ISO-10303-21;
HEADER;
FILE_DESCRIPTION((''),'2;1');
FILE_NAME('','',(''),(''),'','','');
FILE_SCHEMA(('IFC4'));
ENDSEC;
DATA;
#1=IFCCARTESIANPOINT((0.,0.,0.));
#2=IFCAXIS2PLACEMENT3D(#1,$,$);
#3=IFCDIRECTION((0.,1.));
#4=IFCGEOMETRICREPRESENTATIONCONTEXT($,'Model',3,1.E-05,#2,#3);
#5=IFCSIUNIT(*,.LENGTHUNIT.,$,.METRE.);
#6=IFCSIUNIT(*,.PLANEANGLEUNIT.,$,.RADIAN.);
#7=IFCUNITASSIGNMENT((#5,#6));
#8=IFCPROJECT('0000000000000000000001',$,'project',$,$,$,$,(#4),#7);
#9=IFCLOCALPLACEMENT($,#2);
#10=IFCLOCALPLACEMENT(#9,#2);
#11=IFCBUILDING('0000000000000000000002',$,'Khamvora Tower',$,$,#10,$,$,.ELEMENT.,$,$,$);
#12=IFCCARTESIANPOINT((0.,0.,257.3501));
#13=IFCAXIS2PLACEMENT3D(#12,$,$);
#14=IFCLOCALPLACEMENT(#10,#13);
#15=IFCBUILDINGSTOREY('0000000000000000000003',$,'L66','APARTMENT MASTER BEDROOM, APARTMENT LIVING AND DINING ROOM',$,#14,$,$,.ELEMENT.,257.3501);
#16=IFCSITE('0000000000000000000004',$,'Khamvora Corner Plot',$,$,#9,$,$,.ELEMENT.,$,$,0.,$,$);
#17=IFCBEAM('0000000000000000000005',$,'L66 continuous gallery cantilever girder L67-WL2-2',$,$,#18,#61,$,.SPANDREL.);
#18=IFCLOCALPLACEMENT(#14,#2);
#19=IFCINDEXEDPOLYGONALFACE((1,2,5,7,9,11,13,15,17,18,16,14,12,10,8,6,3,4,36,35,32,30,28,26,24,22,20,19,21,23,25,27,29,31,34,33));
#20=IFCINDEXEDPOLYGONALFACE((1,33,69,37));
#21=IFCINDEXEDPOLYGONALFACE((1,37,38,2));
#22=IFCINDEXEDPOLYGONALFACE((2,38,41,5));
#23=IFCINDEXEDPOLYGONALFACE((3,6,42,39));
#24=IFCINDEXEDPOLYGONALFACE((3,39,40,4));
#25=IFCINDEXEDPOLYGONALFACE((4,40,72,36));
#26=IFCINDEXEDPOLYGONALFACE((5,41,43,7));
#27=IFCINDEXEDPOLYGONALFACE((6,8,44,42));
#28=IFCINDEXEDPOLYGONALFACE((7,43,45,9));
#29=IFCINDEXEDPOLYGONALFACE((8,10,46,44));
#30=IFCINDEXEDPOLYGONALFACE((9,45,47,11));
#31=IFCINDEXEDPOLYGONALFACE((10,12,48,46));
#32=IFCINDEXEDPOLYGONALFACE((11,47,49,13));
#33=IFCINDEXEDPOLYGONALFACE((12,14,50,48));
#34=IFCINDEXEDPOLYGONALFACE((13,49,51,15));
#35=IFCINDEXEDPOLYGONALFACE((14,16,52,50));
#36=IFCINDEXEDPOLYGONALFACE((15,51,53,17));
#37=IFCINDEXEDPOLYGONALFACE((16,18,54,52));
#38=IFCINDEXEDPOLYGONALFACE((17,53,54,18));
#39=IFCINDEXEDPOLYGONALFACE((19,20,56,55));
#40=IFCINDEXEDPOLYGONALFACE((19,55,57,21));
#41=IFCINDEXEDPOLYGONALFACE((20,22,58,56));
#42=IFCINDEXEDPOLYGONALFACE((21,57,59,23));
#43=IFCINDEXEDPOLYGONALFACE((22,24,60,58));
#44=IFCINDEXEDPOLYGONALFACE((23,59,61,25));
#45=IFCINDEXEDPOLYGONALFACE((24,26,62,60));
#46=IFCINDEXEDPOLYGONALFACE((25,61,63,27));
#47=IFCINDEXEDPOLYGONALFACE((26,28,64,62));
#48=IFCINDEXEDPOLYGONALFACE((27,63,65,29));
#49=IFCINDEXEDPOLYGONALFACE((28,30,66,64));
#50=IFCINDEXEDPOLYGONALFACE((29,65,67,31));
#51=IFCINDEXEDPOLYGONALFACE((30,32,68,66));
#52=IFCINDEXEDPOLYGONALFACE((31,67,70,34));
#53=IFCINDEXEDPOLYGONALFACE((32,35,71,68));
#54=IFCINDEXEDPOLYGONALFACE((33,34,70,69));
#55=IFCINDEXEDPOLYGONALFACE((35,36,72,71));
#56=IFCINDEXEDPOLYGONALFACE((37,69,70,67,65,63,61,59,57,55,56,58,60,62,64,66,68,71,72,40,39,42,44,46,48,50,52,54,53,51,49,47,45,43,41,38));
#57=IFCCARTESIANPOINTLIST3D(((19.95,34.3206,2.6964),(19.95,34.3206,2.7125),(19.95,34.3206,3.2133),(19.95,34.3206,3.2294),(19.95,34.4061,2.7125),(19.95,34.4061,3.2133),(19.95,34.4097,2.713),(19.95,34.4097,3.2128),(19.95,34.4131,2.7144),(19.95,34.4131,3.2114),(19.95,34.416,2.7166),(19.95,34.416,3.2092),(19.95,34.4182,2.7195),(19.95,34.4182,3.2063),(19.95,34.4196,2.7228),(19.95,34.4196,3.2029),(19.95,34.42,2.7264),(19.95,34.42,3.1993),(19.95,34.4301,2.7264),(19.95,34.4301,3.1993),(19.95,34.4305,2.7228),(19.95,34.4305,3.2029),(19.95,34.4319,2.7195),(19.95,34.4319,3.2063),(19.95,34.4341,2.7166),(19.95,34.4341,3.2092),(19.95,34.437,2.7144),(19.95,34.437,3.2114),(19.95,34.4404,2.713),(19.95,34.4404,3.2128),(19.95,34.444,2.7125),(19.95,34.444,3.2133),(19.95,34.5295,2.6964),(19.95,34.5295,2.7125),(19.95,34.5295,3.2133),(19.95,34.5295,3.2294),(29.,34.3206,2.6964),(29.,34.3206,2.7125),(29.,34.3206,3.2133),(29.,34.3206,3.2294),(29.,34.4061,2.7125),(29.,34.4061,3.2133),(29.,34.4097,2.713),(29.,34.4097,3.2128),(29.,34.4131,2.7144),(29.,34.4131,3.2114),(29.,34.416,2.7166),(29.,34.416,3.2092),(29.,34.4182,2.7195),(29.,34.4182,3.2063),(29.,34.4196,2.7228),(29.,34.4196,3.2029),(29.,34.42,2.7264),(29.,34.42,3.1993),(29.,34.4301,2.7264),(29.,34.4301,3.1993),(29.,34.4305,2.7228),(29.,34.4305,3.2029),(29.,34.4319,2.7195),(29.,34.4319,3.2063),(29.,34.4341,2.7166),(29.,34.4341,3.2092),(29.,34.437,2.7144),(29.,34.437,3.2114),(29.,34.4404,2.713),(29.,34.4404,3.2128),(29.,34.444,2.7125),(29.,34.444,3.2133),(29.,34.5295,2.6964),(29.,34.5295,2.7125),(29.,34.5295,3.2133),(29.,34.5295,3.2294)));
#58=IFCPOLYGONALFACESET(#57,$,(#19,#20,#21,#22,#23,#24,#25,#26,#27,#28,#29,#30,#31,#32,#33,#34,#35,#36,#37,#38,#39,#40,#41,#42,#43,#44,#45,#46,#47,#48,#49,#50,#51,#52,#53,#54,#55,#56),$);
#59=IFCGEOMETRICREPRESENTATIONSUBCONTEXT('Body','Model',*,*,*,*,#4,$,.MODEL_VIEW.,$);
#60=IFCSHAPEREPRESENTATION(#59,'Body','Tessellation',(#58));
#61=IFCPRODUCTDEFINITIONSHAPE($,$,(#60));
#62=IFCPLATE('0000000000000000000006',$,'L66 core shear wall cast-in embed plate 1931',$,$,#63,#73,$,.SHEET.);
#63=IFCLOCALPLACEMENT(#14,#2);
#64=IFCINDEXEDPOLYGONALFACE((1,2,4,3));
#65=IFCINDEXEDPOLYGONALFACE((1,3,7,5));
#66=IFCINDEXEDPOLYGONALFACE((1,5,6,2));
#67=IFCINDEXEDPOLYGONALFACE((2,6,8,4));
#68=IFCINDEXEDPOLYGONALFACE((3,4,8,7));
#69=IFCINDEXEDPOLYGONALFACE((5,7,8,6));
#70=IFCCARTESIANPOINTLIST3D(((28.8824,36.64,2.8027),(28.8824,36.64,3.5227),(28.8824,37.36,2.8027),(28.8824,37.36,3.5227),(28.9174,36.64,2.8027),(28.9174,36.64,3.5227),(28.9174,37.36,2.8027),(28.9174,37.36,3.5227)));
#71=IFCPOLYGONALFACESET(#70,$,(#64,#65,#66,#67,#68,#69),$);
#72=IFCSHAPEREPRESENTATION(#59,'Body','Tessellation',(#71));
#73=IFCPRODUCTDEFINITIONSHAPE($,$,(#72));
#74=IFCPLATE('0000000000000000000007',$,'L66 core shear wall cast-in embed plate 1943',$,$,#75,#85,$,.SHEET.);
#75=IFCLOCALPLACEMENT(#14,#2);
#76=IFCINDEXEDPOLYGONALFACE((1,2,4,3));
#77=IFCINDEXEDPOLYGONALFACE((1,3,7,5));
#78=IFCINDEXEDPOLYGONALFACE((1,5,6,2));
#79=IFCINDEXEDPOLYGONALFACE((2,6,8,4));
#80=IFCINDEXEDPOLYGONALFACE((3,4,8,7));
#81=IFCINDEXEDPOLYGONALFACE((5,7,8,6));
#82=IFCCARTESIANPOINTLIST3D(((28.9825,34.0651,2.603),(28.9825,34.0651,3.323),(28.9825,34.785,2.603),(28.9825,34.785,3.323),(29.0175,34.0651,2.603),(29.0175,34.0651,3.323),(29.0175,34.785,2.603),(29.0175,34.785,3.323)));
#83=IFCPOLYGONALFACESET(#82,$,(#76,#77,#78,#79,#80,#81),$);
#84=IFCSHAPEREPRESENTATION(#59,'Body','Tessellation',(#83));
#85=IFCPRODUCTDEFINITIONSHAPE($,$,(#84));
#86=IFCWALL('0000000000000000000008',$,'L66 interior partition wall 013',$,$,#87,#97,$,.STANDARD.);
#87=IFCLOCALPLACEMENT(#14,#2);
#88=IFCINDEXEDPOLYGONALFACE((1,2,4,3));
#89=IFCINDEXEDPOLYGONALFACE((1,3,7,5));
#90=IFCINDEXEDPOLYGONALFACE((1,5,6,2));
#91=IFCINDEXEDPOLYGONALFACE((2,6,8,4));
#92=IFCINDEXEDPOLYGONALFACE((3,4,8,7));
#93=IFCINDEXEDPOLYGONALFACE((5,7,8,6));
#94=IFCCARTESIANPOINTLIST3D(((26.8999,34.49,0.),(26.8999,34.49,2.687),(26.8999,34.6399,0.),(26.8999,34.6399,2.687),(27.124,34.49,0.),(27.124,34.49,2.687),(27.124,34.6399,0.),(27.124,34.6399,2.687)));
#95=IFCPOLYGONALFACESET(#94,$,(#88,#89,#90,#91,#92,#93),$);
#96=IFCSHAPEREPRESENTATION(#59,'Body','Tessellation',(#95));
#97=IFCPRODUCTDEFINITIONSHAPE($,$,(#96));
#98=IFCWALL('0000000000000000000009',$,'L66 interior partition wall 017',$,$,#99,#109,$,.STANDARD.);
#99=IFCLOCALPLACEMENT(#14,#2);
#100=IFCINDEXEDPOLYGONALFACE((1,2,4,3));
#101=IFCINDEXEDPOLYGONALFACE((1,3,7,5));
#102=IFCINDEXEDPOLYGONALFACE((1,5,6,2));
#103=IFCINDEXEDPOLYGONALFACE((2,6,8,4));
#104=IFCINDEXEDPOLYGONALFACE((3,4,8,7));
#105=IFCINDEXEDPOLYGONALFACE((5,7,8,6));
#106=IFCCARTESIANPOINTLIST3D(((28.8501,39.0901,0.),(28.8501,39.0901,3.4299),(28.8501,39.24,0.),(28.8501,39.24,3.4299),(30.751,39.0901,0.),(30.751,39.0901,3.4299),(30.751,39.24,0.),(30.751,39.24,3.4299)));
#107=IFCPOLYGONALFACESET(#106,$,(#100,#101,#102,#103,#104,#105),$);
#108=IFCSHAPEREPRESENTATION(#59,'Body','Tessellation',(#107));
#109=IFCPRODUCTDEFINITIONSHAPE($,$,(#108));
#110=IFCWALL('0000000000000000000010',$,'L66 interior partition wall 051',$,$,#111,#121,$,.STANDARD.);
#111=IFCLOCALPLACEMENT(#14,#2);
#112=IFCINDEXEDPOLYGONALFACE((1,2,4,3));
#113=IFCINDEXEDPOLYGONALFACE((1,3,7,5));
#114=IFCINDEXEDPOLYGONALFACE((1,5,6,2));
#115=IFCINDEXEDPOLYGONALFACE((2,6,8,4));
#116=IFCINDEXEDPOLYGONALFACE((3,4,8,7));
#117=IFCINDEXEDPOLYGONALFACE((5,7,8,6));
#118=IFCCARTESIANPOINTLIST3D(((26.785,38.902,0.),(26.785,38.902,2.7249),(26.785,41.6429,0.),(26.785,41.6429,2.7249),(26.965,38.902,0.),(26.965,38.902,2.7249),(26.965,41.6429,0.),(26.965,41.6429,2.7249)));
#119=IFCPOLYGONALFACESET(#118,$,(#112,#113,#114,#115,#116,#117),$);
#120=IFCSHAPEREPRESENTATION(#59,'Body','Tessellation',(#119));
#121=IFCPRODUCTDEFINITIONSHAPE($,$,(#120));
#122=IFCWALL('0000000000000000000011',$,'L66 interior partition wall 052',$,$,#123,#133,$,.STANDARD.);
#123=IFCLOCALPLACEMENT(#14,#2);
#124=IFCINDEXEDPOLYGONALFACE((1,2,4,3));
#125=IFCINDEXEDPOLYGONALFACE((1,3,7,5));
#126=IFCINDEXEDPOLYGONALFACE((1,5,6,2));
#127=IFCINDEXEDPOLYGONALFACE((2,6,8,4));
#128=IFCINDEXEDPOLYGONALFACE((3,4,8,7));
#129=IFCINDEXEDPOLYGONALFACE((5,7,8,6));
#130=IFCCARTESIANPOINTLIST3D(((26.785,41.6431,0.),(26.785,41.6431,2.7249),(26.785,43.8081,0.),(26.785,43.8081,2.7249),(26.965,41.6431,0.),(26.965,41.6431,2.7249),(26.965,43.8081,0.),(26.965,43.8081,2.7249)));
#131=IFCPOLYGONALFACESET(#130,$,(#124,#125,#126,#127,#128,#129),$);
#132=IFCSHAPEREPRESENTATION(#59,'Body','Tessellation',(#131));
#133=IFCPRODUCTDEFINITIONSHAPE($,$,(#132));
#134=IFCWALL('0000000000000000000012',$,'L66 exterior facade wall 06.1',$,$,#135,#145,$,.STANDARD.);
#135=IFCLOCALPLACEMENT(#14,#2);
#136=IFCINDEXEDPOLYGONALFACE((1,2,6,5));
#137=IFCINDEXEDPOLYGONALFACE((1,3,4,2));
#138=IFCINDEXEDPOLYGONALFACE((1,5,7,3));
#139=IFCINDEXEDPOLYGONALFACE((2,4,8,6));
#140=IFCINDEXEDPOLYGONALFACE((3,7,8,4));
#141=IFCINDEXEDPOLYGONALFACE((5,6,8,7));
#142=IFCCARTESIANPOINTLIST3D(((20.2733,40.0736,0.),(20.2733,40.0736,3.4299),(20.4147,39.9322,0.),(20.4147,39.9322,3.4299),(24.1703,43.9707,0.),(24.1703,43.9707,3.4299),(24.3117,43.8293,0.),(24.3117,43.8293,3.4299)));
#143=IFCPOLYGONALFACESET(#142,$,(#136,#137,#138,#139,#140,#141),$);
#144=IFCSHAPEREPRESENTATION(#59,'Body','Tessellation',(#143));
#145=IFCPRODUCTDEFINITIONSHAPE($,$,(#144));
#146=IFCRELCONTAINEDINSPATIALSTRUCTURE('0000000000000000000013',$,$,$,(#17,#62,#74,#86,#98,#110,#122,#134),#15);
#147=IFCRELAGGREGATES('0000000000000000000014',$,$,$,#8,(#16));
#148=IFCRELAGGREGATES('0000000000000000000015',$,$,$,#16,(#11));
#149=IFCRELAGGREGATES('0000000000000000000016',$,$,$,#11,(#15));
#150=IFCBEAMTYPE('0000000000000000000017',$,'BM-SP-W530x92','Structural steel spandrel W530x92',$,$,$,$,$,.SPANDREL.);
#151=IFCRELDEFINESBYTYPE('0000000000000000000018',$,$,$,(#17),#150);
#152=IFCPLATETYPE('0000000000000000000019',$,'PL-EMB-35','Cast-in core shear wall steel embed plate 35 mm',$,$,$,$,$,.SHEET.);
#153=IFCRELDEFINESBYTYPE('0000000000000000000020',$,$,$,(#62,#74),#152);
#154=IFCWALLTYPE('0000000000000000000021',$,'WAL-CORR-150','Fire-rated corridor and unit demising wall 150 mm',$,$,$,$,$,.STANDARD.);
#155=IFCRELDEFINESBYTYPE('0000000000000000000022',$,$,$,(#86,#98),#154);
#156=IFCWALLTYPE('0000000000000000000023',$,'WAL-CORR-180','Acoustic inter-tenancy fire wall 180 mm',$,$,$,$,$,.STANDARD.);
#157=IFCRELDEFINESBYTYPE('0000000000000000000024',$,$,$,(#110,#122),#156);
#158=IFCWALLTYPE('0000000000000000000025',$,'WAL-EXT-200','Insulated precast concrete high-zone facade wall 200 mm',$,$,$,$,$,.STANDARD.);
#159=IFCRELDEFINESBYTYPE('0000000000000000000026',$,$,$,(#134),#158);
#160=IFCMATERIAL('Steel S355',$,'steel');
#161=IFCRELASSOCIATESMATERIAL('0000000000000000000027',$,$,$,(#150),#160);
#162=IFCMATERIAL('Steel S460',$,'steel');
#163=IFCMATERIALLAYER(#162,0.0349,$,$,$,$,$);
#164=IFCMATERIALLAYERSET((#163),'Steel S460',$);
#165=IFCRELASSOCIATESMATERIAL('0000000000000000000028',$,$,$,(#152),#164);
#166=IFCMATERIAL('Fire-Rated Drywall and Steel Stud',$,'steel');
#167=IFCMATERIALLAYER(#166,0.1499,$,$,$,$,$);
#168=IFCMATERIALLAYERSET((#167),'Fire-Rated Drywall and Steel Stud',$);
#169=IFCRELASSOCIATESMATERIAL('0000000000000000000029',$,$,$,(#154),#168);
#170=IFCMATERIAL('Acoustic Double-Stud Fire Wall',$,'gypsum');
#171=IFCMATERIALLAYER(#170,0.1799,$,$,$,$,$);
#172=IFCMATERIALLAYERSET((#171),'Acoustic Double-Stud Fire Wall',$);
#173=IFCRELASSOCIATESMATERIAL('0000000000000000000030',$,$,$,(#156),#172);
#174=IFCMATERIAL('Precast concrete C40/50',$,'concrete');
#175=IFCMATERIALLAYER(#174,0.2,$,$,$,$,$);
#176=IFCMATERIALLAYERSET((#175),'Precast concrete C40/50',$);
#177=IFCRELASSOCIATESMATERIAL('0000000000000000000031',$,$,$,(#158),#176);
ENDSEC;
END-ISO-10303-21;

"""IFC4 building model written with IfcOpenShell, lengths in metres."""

from ifc_helpers import new_model, si_unit, direction, frame, frame_2d, origin, origin_2d, place, context, subcontext, project, spatial, rectangle, i_section, extrude, material, layer, layer_set, material_profile, profile_set, type_object, element, save


model = new_model("IFC4")

# Units and contexts
model_context = context("Model", 3, precision=1e-05, world=origin(), true_north=direction((0.0, 1.0)))
body_context = subcontext(model_context, "Body", "Model", "MODEL_VIEW")
ifc_project = project(units=[si_unit("LENGTHUNIT", "METRE"), si_unit("PLANEANGLEUNIT", "RADIAN")], contexts=[model_context])

# Site, building, storey
site_placement = place(None, origin())
site = spatial("IfcSite", under=ifc_project, at=site_placement, Name="Khamvora Corner Plot", CompositionType="ELEMENT", RefElevation=0.0)
building_placement = place(site_placement, origin())
building = spatial("IfcBuilding", under=site, at=building_placement, Name="Khamvora Tower", CompositionType="ELEMENT")
storey_placement = place(building_placement, frame((0.0, 0.0, 257.3501)))
storey = spatial("IfcBuildingStorey", under=building, at=storey_placement, Name="L66", Description="APARTMENT MASTER BEDROOM, APARTMENT LIVING AND DINING ROOM", CompositionType="ELEMENT", Elevation=257.3501)

# Shared definitions
ifc_material_1 = material(Name="Steel S355", Category="steel")

# Beam
ifc_material_profile_1 = material_profile(ifc_material_1, i_section(OverallWidth=0.209, OverallDepth=0.533, WebThickness=0.01, FlangeThickness=0.0161, FilletRadius=0.0139, at=origin_2d()), Name="W530x92")
ifc_profile_set_1 = profile_set([ifc_material_profile_1], Name="Steel S355")
beam_type_1 = type_object("IfcBeamType", Name="BM-SP-W530x92", Description="Structural steel spandrel W530x92", PredefinedType="SPANDREL", material=ifc_profile_set_1)
beam_1_placement = place(storey_placement, frame((29.0, 34.425, 2.9629), z_axis=(-1.0, 0.0, 0.0), x_axis=(0.0, -1.0, 0.0)))
element("IfcBeam", 1, at=beam_1_placement, inside=storey, type_object=beam_type_1, Name="L66 continuous gallery cantilever girder L67-WL2-2", PredefinedType="SPANDREL", context=body_context, shape_type="SweptSolid", body=[
    extrude(i_section(OverallWidth=0.209, OverallDepth=0.533, WebThickness=0.01, FlangeThickness=0.0161, FilletRadius=0.0139, at=origin_2d()), origin(), (0.0, 0.0, 1.0), 9.05),
])

# Plates
ifc_material_2 = material(Name="Steel S460", Category="steel")
ifc_layer_1 = layer(ifc_material_2, 0.0349)
ifc_layer_set_1 = layer_set([ifc_layer_1], Name="Steel S460")
plate_type = type_object("IfcPlateType", Name="PL-EMB-35", Description="Cast-in core shear wall steel embed plate 35 mm", PredefinedType="SHEET", material=ifc_layer_set_1)
for number, where, z_axis, x_axis, name in (
    (2, (28.8999, 37.0, 2.8027), (0.0, 0.0, 1.0), (1.0, 0.0, 0.0), "L66 core shear wall cast-in embed plate 1931"),
    (3, (29.0, 34.425, 2.603), (0.0, 0.0, 1.0), (1.0, 0.0, 0.0), "L66 core shear wall cast-in embed plate 1943"),
):
    element("IfcPlate", number, at=place(storey_placement, frame(where, z_axis=z_axis, x_axis=x_axis)), inside=storey, type_object=plate_type, Name=name, PredefinedType="SHEET", context=body_context, shape_type="SweptSolid", body=[
        extrude(rectangle(XDim=0.0349, YDim=0.72, at=origin_2d()), origin(), (0.0, 0.0, 1.0), 0.72),
    ])

# Walls
ifc_material_3 = material(Name="Fire-Rated Drywall and Steel Stud", Category="steel")
ifc_layer_2 = layer(ifc_material_3, 0.1499)
ifc_layer_set_2 = layer_set([ifc_layer_2], Name="Fire-Rated Drywall and Steel Stud")
wall_type_1 = type_object("IfcWallType", Name="WAL-CORR-150", Description="Fire-rated corridor and unit demising wall 150 mm", PredefinedType="STANDARD", material=ifc_layer_set_2)
wall_1_placement = place(storey_placement, frame((26.8999, 34.5649, 0.0), z_axis=(0.0, 0.0, 1.0), x_axis=(1.0, 0.0, 0.0)))
element("IfcWall", 4, at=wall_1_placement, inside=storey, type_object=wall_type_1, Name="L66 interior partition wall 013", PredefinedType="STANDARD", context=body_context, shape_type="SweptSolid", body=[
    extrude(rectangle(XDim=0.2241, YDim=0.1499, at=frame_2d((0.1121, 0.0))), origin(), (0.0, 0.0, 1.0), 2.687),
])
wall_2_placement = place(storey_placement, frame((28.8501, 39.165, 0.0), z_axis=(0.0, 0.0, 1.0), x_axis=(1.0, 0.0, 0.0)))
element("IfcWall", 5, at=wall_2_placement, inside=storey, type_object=wall_type_1, Name="L66 interior partition wall 017", PredefinedType="STANDARD", context=body_context, shape_type="SweptSolid", body=[
    extrude(rectangle(XDim=1.9009, YDim=0.1499, at=frame_2d((0.9504, 0.0))), origin(), (0.0, 0.0, 1.0), 3.4299),
])
ifc_material_4 = material(Name="Acoustic Double-Stud Fire Wall", Category="gypsum")
ifc_layer_3 = layer(ifc_material_4, 0.1799)
ifc_layer_set_3 = layer_set([ifc_layer_3], Name="Acoustic Double-Stud Fire Wall")
wall_type_2 = type_object("IfcWallType", Name="WAL-CORR-180", Description="Acoustic inter-tenancy fire wall 180 mm", PredefinedType="STANDARD", material=ifc_layer_set_3)
wall_3_placement = place(storey_placement, frame((26.875, 41.6431, 0.0), z_axis=(0.0, 0.0, 1.0), x_axis=(0.0, -1.0, 0.0)))
element("IfcWall", 6, at=wall_3_placement, inside=storey, type_object=wall_type_2, Name="L66 interior partition wall 051", PredefinedType="STANDARD", context=body_context, shape_type="SweptSolid", body=[
    extrude(rectangle(XDim=2.741, YDim=0.1799, at=frame_2d((1.3706, 0.0))), origin(), (0.0, 0.0, 1.0), 2.7249),
])
wall_4_placement = place(storey_placement, frame((26.875, 43.8081, 0.0), z_axis=(0.0, 0.0, 1.0), x_axis=(0.0, -1.0, 0.0)))
element("IfcWall", 7, at=wall_4_placement, inside=storey, type_object=wall_type_2, Name="L66 interior partition wall 052", PredefinedType="STANDARD", context=body_context, shape_type="SweptSolid", body=[
    extrude(rectangle(XDim=2.165, YDim=0.1799, at=frame_2d((1.0825, 0.0))), origin(), (0.0, 0.0, 1.0), 2.7249),
])
ifc_material_5 = material(Name="Precast concrete C40/50", Category="concrete")
ifc_layer_4 = layer(ifc_material_5, 0.2)
ifc_layer_set_4 = layer_set([ifc_layer_4], Name="Precast concrete C40/50")
wall_type_3 = type_object("IfcWallType", Name="WAL-EXT-200", Description="Insulated precast concrete high-zone facade wall 200 mm", PredefinedType="STANDARD", material=ifc_layer_set_4)
wall_5_placement = place(storey_placement, frame((20.344, 40.0029, 0.0), z_axis=(0.0, 0.0, 1.0), x_axis=(0.707107, 0.707107, 0.0)))
element("IfcWall", 8, at=wall_5_placement, inside=storey, type_object=wall_type_3, Name="L66 exterior facade wall 06.1", PredefinedType="STANDARD", context=body_context, shape_type="SweptSolid", body=[
    extrude(rectangle(XDim=5.5112, YDim=0.2, at=frame_2d((2.7556, 0.0))), origin(), (0.0, 0.0, 1.0), 3.4299),
])

save(model, "model.ifc")
